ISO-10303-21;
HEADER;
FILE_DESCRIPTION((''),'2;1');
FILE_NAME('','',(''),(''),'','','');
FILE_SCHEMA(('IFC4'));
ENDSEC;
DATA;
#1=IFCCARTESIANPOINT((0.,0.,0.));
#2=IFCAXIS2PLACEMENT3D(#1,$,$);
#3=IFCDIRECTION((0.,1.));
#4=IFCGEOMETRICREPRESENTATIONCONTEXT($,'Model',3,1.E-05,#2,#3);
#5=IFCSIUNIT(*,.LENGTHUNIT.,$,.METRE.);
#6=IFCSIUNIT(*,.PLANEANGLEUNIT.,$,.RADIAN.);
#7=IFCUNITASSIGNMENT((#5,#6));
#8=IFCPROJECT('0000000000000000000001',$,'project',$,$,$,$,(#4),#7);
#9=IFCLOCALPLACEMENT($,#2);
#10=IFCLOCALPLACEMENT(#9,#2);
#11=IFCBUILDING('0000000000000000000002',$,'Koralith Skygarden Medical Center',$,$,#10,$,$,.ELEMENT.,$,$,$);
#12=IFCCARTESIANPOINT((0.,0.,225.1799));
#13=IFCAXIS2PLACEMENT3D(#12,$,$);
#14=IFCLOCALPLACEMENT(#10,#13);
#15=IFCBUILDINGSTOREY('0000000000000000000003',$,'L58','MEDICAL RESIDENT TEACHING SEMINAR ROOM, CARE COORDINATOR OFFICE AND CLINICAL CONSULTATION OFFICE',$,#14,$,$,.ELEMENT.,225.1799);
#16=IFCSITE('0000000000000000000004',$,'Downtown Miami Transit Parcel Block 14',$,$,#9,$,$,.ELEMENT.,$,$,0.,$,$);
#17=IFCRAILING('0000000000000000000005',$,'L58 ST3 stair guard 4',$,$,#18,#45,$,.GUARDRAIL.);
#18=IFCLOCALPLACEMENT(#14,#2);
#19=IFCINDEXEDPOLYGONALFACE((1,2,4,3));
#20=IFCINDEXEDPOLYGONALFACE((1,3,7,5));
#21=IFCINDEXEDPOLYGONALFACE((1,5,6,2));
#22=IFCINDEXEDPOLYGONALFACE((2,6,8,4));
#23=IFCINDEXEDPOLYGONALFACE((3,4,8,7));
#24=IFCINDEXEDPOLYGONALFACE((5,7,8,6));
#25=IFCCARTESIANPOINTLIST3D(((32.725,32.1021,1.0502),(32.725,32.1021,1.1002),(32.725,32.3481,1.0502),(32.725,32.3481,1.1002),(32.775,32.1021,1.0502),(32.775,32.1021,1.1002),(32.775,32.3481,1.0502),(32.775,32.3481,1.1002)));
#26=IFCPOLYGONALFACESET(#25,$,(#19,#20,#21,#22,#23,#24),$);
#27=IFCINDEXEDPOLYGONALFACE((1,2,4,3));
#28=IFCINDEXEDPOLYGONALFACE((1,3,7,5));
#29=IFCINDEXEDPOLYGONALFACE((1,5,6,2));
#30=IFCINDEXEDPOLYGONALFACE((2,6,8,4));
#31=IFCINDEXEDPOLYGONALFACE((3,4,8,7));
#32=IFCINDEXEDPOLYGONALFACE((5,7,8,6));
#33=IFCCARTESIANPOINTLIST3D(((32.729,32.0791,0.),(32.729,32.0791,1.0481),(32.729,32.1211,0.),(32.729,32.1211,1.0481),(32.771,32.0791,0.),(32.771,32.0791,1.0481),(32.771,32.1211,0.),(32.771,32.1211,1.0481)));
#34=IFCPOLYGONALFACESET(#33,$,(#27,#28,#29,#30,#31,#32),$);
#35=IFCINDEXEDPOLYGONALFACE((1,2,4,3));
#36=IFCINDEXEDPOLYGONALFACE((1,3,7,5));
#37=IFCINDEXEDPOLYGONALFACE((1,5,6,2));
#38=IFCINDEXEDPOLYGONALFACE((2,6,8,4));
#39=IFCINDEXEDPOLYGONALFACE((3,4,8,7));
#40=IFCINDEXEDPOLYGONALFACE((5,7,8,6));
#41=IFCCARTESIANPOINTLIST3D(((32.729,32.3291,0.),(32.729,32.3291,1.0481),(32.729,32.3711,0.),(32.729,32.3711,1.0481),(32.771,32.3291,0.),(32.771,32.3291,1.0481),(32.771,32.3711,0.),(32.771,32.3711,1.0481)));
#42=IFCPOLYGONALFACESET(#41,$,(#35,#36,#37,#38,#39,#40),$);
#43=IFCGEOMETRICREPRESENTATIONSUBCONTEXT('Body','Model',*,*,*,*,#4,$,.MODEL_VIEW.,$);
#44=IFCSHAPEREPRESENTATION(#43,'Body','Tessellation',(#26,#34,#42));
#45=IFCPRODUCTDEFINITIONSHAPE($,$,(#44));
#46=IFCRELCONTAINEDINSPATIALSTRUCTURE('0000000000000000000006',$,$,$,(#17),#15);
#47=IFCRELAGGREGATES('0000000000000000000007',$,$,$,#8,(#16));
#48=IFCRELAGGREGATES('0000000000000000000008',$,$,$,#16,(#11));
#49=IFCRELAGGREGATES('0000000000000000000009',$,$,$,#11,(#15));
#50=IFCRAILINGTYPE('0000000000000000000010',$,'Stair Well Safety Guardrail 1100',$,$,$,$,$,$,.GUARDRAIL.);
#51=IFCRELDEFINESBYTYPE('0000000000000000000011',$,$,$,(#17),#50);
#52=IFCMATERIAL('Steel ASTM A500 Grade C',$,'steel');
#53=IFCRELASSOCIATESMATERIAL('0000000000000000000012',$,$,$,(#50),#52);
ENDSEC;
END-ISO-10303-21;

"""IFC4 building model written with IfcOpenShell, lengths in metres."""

from ifc_helpers import new_model, si_unit, direction, frame, origin, origin_2d, place, context, subcontext, project, spatial, rectangle, extrude, material, type_object, element, save


model = new_model("IFC4")

# Units and contexts
model_context = context("Model", 3, precision=1e-05, world=origin(), true_north=direction((0.0, 1.0)))
body_context = subcontext(model_context, "Body", "Model", "MODEL_VIEW")
ifc_project = project(units=[si_unit("LENGTHUNIT", "METRE"), si_unit("PLANEANGLEUNIT", "RADIAN")], contexts=[model_context])

# Site, building, storey
site_placement = place(None, origin())
site = spatial("IfcSite", under=ifc_project, at=site_placement, Name="Downtown Miami Transit Parcel Block 14", CompositionType="ELEMENT", RefElevation=0.0)
building_placement = place(site_placement, origin())
building = spatial("IfcBuilding", under=site, at=building_placement, Name="Koralith Skygarden Medical Center", CompositionType="ELEMENT")
storey_placement = place(building_placement, frame((0.0, 0.0, 225.1799)))
storey = spatial("IfcBuildingStorey", under=building, at=storey_placement, Name="L58", Description="MEDICAL RESIDENT TEACHING SEMINAR ROOM, CARE COORDINATOR OFFICE AND CLINICAL CONSULTATION OFFICE", CompositionType="ELEMENT", Elevation=225.1799)

# Railing
ifc_material_1 = material(Name="Steel ASTM A500 Grade C", Category="steel")
railing_type_1 = type_object("IfcRailingType", Name="Stair Well Safety Guardrail 1100", PredefinedType="GUARDRAIL", material=ifc_material_1)
railing_1_placement = place(storey_placement, frame((32.75, 32.1001, 0.0)))
element("IfcRailing", 1, at=railing_1_placement, inside=storey, type_object=railing_type_1, Name="L58 ST3 stair guard 4", PredefinedType="GUARDRAIL", context=body_context, shape_type="SweptSolid", body=[
    extrude(rectangle(XDim=0.05, YDim=0.05, at=origin_2d()), frame((0.0, 0.002, 1.0752), z_axis=(0.0, 1.0, 0.0), x_axis=(-1.0, 0.0, 0.0)), (0.0, 0.0, 1.0), 0.2461),
    extrude(rectangle(XDim=0.042, YDim=0.042, at=origin_2d()), origin(), (0.0, 0.0, 1.0), 1.0481),
    extrude(rectangle(XDim=0.042, YDim=0.042, at=origin_2d()), frame((0.0, 0.25, 0.0)), (0.0, 0.0, 1.0), 1.0481),
])

save(model, "model.ifc")
